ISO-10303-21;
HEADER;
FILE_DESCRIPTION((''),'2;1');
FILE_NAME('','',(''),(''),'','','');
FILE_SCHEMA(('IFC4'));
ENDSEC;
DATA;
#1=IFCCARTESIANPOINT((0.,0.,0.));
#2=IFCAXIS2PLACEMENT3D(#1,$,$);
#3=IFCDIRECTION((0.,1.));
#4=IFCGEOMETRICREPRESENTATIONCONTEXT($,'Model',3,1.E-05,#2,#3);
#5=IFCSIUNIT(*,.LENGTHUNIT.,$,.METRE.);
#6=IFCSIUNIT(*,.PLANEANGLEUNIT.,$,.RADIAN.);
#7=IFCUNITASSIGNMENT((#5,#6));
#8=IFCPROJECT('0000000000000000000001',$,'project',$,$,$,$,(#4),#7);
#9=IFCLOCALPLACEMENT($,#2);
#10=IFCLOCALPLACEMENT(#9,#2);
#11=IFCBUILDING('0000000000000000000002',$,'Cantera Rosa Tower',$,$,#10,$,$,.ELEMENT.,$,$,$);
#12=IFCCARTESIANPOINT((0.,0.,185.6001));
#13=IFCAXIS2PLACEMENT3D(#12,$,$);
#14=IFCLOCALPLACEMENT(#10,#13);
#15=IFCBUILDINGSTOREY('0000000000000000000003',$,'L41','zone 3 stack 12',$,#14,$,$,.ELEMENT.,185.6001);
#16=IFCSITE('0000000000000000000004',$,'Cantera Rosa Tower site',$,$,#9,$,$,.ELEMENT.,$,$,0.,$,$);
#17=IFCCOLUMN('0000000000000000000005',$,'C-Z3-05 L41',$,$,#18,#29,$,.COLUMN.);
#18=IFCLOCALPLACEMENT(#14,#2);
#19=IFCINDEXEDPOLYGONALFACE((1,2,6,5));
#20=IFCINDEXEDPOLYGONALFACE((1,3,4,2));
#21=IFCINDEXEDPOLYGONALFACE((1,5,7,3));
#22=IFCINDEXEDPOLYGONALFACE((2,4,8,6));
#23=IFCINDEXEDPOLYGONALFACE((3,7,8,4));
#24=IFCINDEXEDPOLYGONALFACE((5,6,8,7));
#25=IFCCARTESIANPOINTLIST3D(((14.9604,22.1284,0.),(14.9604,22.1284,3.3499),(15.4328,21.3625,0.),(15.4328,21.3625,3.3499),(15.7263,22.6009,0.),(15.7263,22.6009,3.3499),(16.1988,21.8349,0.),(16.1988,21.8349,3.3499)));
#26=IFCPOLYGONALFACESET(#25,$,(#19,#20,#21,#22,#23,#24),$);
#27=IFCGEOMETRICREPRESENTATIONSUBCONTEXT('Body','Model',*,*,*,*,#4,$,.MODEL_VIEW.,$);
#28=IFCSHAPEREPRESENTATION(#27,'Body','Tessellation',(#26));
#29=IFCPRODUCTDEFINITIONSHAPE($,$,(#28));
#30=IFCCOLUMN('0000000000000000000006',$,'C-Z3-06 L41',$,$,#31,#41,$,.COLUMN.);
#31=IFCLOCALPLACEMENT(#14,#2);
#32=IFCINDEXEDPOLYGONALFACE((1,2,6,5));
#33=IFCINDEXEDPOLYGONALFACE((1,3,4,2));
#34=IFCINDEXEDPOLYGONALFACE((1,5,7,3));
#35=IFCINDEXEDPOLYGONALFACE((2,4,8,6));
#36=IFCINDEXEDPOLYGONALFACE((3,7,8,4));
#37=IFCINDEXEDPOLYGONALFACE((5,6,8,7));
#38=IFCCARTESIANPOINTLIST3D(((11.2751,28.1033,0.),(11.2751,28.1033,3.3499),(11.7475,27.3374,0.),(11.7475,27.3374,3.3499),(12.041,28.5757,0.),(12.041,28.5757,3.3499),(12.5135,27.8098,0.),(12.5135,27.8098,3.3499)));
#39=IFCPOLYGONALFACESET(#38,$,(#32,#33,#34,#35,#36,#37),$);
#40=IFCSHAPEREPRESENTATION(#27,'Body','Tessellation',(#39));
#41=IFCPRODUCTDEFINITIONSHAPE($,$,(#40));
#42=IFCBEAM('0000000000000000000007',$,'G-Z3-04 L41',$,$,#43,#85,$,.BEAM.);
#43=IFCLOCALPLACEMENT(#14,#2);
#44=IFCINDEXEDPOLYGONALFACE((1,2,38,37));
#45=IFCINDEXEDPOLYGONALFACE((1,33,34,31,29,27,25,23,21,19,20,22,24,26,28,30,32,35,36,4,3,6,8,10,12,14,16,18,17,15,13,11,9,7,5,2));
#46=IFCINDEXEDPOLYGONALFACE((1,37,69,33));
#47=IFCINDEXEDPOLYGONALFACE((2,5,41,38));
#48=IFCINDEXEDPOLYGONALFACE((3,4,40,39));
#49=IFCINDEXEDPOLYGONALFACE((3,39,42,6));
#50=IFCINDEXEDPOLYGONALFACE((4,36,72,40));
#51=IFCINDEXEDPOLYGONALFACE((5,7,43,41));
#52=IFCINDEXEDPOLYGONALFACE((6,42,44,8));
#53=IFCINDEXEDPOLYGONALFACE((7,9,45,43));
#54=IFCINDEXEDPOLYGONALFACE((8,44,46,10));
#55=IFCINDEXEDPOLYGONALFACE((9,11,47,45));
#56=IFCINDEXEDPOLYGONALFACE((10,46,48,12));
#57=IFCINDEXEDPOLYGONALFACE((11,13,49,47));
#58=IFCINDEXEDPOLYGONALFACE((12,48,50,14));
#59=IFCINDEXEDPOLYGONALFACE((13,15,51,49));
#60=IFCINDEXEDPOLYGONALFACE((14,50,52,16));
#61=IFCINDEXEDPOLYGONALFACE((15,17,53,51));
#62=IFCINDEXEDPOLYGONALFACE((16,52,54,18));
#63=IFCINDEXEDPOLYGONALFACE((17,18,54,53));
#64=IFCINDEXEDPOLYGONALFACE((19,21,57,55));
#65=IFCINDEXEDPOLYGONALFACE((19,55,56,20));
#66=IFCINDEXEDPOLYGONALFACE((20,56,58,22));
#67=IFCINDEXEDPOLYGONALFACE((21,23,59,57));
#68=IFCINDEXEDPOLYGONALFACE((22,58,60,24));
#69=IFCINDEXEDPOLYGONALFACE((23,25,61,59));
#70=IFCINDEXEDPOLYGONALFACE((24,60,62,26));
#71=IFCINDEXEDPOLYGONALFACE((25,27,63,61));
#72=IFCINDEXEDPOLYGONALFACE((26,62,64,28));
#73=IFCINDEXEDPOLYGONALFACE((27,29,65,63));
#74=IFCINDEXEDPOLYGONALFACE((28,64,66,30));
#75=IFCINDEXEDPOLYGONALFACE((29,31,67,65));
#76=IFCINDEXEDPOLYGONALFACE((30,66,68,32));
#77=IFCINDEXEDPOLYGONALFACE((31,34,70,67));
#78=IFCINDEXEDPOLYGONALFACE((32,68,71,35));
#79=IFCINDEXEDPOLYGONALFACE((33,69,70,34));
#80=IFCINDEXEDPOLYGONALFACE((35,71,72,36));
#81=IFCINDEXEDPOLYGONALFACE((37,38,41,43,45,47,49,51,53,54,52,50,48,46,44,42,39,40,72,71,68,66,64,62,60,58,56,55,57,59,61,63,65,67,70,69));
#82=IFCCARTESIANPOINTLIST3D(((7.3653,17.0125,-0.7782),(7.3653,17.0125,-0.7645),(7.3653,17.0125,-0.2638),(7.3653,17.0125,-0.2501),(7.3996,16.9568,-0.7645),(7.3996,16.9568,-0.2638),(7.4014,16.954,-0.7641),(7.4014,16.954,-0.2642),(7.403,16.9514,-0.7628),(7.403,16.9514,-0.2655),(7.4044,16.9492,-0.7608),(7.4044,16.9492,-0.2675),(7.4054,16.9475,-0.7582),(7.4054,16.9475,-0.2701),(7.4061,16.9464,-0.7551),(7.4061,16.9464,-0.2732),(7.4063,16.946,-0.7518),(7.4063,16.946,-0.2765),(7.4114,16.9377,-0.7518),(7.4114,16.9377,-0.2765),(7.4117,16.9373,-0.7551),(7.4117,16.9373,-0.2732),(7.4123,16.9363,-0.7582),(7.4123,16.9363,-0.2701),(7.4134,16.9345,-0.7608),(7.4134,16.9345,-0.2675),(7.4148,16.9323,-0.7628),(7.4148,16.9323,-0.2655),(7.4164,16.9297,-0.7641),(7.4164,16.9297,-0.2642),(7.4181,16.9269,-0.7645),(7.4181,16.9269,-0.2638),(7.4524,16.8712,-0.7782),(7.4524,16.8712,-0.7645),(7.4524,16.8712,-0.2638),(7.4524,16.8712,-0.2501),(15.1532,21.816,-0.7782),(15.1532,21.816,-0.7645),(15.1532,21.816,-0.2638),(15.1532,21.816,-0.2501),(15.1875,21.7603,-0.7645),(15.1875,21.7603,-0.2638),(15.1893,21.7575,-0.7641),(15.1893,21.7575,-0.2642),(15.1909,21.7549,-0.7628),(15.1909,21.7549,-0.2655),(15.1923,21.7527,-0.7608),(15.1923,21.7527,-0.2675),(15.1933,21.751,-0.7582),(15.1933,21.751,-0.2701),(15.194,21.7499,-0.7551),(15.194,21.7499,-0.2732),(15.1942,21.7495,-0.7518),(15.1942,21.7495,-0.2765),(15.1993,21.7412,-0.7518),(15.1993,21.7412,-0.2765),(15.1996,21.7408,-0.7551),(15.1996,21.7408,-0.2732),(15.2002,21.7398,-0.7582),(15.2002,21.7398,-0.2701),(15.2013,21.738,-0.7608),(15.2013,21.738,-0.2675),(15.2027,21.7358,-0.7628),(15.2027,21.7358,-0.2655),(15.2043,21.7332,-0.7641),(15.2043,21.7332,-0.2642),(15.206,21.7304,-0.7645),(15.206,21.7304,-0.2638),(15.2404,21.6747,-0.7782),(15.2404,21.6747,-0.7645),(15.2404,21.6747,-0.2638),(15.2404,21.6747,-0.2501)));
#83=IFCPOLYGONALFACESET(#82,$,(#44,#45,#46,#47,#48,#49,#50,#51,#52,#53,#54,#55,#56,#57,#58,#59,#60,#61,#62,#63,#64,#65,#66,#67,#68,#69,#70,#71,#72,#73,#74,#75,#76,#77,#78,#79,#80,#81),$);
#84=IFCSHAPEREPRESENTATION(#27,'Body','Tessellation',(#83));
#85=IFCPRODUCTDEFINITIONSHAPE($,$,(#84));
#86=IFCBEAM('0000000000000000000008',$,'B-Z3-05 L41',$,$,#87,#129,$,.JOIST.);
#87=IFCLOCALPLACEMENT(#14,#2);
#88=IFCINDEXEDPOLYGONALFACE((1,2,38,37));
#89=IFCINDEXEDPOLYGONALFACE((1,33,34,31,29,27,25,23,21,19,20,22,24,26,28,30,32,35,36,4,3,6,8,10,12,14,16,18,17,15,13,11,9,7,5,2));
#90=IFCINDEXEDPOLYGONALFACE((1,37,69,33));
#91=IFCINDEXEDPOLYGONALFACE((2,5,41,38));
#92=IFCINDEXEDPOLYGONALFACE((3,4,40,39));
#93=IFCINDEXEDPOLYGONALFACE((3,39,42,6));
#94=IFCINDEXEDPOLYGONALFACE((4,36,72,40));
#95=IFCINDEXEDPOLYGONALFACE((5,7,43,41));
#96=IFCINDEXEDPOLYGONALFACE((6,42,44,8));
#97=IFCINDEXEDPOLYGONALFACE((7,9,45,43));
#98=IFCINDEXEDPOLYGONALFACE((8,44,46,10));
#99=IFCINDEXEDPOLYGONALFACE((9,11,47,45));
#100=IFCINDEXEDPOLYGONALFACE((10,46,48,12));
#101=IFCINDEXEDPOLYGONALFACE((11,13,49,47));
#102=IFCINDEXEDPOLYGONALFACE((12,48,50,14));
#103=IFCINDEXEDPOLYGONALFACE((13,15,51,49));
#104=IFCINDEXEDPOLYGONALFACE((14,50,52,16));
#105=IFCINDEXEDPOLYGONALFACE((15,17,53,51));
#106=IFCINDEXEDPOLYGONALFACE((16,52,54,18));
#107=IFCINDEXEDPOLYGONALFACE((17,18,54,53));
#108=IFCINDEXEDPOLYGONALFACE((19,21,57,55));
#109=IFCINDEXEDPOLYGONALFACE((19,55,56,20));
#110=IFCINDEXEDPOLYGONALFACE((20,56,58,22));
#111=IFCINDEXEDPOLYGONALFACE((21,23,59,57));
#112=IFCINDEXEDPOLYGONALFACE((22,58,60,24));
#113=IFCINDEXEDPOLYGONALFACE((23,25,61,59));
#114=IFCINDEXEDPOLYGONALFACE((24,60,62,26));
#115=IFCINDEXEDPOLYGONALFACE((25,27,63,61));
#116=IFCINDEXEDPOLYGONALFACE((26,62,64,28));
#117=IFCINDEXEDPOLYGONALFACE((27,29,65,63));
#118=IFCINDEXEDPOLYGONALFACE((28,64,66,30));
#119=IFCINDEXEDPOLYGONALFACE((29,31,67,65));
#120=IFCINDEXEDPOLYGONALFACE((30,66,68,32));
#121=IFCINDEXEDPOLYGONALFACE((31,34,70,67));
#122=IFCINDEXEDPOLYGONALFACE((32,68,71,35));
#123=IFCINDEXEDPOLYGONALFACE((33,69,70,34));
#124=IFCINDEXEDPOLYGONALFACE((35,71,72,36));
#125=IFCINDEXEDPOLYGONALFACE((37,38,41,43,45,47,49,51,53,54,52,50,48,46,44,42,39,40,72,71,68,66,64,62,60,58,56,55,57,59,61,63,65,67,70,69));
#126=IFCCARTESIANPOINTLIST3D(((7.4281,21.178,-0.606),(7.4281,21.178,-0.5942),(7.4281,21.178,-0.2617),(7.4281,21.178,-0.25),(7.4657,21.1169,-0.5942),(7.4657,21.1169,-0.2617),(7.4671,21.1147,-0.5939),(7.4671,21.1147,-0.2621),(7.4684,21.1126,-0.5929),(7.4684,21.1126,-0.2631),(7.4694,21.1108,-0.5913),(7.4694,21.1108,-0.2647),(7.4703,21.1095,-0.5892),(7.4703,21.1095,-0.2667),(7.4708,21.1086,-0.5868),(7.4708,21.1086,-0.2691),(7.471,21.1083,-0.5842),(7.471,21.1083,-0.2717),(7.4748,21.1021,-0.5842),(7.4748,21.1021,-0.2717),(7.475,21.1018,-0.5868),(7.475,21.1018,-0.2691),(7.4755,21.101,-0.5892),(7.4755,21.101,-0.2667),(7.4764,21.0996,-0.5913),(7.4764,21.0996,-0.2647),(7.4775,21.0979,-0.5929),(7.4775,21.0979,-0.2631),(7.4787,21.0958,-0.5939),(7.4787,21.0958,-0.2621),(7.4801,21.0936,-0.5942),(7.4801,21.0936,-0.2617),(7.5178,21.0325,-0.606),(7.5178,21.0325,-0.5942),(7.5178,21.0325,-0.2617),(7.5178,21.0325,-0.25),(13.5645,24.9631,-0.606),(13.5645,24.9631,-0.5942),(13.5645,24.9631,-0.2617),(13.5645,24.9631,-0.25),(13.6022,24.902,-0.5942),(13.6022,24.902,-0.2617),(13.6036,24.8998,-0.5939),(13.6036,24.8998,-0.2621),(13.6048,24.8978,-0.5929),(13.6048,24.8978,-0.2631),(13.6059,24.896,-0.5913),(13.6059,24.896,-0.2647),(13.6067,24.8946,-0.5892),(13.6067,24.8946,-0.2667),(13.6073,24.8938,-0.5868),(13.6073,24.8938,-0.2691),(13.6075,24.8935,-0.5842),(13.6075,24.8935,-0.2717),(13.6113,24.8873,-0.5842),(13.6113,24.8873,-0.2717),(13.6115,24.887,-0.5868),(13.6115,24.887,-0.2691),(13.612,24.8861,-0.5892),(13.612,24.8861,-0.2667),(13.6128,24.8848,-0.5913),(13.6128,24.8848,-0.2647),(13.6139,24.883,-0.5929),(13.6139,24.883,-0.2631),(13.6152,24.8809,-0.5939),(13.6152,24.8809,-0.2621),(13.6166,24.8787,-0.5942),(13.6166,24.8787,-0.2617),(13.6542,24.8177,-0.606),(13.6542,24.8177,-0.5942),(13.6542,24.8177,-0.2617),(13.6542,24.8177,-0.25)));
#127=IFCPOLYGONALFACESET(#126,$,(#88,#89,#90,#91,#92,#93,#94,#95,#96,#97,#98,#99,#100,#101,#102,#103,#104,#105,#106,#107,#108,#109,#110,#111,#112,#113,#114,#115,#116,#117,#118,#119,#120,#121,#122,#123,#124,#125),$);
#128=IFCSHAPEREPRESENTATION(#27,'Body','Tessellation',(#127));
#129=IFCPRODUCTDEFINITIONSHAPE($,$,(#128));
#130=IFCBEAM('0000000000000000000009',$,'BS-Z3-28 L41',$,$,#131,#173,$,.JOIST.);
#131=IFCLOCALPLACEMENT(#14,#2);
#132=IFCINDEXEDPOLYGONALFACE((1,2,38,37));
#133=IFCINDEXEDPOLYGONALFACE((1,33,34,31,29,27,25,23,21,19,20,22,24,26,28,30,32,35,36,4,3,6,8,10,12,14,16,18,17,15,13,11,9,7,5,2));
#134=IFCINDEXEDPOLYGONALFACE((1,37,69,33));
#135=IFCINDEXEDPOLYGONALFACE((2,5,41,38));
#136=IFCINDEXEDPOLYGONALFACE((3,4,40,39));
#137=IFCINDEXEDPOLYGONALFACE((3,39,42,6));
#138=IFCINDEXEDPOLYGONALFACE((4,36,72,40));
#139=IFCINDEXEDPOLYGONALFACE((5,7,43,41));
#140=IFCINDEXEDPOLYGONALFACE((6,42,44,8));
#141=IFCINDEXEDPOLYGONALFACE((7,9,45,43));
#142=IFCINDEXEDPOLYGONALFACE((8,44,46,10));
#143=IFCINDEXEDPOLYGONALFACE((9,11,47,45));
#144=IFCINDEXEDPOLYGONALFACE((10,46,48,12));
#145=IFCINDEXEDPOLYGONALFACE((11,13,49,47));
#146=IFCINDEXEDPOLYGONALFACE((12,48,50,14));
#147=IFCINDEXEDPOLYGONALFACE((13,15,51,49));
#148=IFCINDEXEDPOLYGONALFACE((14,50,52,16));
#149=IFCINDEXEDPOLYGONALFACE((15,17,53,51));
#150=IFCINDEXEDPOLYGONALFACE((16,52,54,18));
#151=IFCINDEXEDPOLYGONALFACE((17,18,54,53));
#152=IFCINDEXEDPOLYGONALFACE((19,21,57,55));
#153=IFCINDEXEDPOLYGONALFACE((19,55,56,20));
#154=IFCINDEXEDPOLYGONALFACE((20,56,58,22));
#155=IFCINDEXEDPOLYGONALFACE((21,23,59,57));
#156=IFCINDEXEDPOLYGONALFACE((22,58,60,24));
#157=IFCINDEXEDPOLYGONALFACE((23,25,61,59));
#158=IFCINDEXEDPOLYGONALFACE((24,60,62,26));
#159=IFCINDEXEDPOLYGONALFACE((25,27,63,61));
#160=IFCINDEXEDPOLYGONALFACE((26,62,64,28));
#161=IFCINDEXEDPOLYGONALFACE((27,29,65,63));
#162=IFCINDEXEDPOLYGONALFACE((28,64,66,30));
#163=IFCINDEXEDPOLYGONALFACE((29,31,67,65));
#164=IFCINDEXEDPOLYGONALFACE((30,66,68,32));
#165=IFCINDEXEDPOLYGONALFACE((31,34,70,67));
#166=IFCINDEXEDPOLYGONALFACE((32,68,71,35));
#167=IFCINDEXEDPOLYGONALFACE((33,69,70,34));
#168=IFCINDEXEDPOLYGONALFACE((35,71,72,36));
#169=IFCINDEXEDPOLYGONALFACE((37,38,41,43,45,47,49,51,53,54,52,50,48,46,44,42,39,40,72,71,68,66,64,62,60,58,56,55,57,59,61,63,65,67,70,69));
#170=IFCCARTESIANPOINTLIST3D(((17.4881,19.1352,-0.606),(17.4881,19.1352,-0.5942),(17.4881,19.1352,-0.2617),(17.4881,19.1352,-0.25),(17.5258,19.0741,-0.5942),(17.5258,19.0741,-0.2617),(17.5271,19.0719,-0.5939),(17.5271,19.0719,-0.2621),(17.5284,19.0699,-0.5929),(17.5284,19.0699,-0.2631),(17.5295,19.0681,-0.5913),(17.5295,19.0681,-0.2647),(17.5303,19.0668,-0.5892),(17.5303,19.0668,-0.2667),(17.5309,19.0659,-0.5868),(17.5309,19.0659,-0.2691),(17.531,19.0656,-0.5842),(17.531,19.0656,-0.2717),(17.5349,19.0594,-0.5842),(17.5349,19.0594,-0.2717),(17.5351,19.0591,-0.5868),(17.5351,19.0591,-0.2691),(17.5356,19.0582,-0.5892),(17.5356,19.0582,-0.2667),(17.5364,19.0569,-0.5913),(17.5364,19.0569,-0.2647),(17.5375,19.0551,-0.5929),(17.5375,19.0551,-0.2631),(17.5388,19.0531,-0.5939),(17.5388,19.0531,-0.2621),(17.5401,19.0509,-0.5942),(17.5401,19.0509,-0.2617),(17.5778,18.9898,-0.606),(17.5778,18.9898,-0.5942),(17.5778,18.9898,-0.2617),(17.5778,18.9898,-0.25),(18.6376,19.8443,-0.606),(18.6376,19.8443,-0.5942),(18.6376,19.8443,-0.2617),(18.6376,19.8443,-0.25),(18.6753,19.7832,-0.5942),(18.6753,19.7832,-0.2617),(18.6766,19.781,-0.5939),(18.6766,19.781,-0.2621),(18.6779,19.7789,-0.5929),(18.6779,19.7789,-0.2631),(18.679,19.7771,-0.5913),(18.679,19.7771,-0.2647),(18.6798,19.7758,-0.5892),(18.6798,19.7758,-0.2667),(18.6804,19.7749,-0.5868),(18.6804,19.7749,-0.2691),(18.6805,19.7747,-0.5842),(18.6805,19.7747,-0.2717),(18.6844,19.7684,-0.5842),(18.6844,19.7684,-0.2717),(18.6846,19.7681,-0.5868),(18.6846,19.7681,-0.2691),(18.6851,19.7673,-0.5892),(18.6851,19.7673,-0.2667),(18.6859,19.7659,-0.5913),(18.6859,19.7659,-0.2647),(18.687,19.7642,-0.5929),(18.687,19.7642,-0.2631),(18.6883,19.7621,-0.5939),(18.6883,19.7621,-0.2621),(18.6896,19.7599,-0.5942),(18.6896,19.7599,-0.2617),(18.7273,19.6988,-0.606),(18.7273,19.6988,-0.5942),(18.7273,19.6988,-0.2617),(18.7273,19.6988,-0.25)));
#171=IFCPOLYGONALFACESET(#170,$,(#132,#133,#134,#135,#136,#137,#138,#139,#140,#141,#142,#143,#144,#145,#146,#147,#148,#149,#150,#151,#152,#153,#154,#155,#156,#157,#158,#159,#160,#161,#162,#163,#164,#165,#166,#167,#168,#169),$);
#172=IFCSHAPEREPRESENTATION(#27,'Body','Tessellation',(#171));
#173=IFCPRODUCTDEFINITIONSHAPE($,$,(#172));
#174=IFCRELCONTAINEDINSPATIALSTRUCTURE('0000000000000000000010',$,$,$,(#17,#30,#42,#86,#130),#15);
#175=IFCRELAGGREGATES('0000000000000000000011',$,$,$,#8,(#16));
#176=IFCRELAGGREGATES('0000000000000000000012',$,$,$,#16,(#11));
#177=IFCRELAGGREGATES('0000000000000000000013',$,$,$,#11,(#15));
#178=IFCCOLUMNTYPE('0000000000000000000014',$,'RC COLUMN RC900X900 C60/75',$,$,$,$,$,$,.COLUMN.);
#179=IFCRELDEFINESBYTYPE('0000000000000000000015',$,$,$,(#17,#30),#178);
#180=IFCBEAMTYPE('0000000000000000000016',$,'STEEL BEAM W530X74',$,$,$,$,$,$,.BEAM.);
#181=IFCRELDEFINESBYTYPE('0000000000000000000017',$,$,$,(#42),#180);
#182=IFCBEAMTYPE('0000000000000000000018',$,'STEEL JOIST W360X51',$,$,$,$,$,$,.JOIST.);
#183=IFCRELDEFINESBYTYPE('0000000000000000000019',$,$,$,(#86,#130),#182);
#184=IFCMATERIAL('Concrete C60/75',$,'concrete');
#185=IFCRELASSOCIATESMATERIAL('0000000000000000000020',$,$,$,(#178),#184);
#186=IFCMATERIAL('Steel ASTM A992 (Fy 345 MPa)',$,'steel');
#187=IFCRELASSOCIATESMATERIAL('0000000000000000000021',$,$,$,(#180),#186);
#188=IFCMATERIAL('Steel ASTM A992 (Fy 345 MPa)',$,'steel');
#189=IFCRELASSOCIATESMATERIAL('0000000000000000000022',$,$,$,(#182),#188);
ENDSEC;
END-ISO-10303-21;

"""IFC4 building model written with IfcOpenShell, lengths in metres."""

from ifc_helpers import new_model, si_unit, direction, frame, origin, origin_2d, place, context, subcontext, project, spatial, rectangle, i_section, extrude, material, material_profile, profile_set, type_object, element, save


model = new_model("IFC4")

# Units and contexts
model_context = context("Model", 3, precision=1e-05, world=origin(), true_north=direction((0.0, 1.0)))
body_context = subcontext(model_context, "Body", "Model", "MODEL_VIEW")
ifc_project = project(units=[si_unit("LENGTHUNIT", "METRE"), si_unit("PLANEANGLEUNIT", "RADIAN")], contexts=[model_context])

# Site, building, storey
site_placement = place(None, origin())
site = spatial("IfcSite", under=ifc_project, at=site_placement, Name="Cantera Rosa Tower site", CompositionType="ELEMENT", RefElevation=0.0)
building_placement = place(site_placement, origin())
building = spatial("IfcBuilding", under=site, at=building_placement, Name="Cantera Rosa Tower", CompositionType="ELEMENT")
storey_placement = place(building_placement, frame((0.0, 0.0, 185.6001)))
storey = spatial("IfcBuildingStorey", under=building, at=storey_placement, Name="L41", Description="zone 3 stack 12", CompositionType="ELEMENT", Elevation=185.6001)

# Columns
ifc_material_1 = material(Name="Concrete C60/75", Category="concrete")
ifc_material_profile_1 = material_profile(ifc_material_1, rectangle(XDim=0.8999, YDim=0.8999, at=origin_2d()), Name="RC COLUMN RC900X900 C60/75")
ifc_profile_set_1 = profile_set([ifc_material_profile_1], Name="Concrete C60/75")
column_type = type_object("IfcColumnType", Name="RC COLUMN RC900X900 C60/75", PredefinedType="COLUMN", material=ifc_profile_set_1)
for number, where, z_axis, x_axis, name in (
    (1, (15.5796, 21.9817, 0.0), (0.0, 0.0, 1.0), (0.851117, 0.524977, 0.0), "C-Z3-05 L41"),
    (2, (11.8943, 27.9565, 0.0), (0.0, 0.0, 1.0), (0.851117, 0.524977, 0.0), "C-Z3-06 L41"),
):
    element("IfcColumn", number, at=place(storey_placement, frame(where, z_axis=z_axis, x_axis=x_axis)), inside=storey, type_object=column_type, Name=name, PredefinedType="COLUMN", context=body_context, shape_type="SweptSolid", body=[
        extrude(rectangle(XDim=0.8999, YDim=0.8999, at=origin_2d()), origin(), (0.0, 0.0, 1.0), 3.3499),
    ])

# Beams
ifc_material_2 = material(Name="Steel ASTM A992 (Fy 345 MPa)", Category="steel")
ifc_material_profile_2 = material_profile(ifc_material_2, i_section(OverallWidth=0.166, OverallDepth=0.5281, WebThickness=0.0098, FlangeThickness=0.0137, FilletRadius=0.0127, at=origin_2d()), Name="W530X74")
ifc_profile_set_2 = profile_set([ifc_material_profile_2], Name="Steel ASTM A992 (Fy 345 MPa)")
beam_type_1 = type_object("IfcBeamType", Name="STEEL BEAM W530X74", PredefinedType="BEAM", material=ifc_profile_set_2)
beam_1_placement = place(storey_placement, frame((15.1968, 21.7454, -0.5142), z_axis=(-0.851124, -0.524965, 0.0), x_axis=(0.524965, -0.851124, 0.0)))
element("IfcBeam", 3, at=beam_1_placement, inside=storey, type_object=beam_type_1, Name="G-Z3-04 L41", PredefinedType="BEAM", context=body_context, shape_type="SweptSolid", body=[
    extrude(i_section(OverallWidth=0.166, OverallDepth=0.5281, WebThickness=0.0098, FlangeThickness=0.0137, FilletRadius=0.0127, at=origin_2d()), origin(), (0.0, 0.0, 1.0), 9.1501),
])
ifc_material_3 = material(Name="Steel ASTM A992 (Fy 345 MPa)", Category="steel")
ifc_material_profile_3 = material_profile(ifc_material_3, i_section(OverallWidth=0.1709, OverallDepth=0.356, WebThickness=0.0073, FlangeThickness=0.0117, FilletRadius=0.01, at=origin_2d()), Name="W360X51")
ifc_profile_set_3 = profile_set([ifc_material_profile_3], Name="Steel ASTM A992 (Fy 345 MPa)")
beam_type_2 = type_object("IfcBeamType", Name="STEEL JOIST W360X51", PredefinedType="JOIST", material=ifc_profile_set_3)
beam_2_placement = place(storey_placement, frame((13.6094, 24.8904, -0.428), z_axis=(-0.851109, -0.524989, 0.0), x_axis=(0.524989, -0.851109, 0.0)))
element("IfcBeam", 4, at=beam_2_placement, inside=storey, type_object=beam_type_2, Name="B-Z3-05 L41", PredefinedType="JOIST", context=body_context, shape_type="SweptSolid", body=[
    extrude(i_section(OverallWidth=0.1709, OverallDepth=0.356, WebThickness=0.0073, FlangeThickness=0.0117, FilletRadius=0.01, at=origin_2d()), origin(), (0.0, 0.0, 1.0), 7.21),
])
beam_3_placement = place(storey_placement, frame((17.533, 19.0625, -0.428), z_axis=(0.851112, 0.524985, 0.0), x_axis=(-0.524985, 0.851112, 0.0)))
element("IfcBeam", 5, at=beam_3_placement, inside=storey, type_object=beam_type_2, Name="BS-Z3-28 L41", PredefinedType="JOIST", context=body_context, shape_type="SweptSolid", body=[
    extrude(i_section(OverallWidth=0.1709, OverallDepth=0.356, WebThickness=0.0073, FlangeThickness=0.0117, FilletRadius=0.01, at=origin_2d()), origin(), (0.0, 0.0, 1.0), 1.3506),
])

save(model, "model.ifc")
